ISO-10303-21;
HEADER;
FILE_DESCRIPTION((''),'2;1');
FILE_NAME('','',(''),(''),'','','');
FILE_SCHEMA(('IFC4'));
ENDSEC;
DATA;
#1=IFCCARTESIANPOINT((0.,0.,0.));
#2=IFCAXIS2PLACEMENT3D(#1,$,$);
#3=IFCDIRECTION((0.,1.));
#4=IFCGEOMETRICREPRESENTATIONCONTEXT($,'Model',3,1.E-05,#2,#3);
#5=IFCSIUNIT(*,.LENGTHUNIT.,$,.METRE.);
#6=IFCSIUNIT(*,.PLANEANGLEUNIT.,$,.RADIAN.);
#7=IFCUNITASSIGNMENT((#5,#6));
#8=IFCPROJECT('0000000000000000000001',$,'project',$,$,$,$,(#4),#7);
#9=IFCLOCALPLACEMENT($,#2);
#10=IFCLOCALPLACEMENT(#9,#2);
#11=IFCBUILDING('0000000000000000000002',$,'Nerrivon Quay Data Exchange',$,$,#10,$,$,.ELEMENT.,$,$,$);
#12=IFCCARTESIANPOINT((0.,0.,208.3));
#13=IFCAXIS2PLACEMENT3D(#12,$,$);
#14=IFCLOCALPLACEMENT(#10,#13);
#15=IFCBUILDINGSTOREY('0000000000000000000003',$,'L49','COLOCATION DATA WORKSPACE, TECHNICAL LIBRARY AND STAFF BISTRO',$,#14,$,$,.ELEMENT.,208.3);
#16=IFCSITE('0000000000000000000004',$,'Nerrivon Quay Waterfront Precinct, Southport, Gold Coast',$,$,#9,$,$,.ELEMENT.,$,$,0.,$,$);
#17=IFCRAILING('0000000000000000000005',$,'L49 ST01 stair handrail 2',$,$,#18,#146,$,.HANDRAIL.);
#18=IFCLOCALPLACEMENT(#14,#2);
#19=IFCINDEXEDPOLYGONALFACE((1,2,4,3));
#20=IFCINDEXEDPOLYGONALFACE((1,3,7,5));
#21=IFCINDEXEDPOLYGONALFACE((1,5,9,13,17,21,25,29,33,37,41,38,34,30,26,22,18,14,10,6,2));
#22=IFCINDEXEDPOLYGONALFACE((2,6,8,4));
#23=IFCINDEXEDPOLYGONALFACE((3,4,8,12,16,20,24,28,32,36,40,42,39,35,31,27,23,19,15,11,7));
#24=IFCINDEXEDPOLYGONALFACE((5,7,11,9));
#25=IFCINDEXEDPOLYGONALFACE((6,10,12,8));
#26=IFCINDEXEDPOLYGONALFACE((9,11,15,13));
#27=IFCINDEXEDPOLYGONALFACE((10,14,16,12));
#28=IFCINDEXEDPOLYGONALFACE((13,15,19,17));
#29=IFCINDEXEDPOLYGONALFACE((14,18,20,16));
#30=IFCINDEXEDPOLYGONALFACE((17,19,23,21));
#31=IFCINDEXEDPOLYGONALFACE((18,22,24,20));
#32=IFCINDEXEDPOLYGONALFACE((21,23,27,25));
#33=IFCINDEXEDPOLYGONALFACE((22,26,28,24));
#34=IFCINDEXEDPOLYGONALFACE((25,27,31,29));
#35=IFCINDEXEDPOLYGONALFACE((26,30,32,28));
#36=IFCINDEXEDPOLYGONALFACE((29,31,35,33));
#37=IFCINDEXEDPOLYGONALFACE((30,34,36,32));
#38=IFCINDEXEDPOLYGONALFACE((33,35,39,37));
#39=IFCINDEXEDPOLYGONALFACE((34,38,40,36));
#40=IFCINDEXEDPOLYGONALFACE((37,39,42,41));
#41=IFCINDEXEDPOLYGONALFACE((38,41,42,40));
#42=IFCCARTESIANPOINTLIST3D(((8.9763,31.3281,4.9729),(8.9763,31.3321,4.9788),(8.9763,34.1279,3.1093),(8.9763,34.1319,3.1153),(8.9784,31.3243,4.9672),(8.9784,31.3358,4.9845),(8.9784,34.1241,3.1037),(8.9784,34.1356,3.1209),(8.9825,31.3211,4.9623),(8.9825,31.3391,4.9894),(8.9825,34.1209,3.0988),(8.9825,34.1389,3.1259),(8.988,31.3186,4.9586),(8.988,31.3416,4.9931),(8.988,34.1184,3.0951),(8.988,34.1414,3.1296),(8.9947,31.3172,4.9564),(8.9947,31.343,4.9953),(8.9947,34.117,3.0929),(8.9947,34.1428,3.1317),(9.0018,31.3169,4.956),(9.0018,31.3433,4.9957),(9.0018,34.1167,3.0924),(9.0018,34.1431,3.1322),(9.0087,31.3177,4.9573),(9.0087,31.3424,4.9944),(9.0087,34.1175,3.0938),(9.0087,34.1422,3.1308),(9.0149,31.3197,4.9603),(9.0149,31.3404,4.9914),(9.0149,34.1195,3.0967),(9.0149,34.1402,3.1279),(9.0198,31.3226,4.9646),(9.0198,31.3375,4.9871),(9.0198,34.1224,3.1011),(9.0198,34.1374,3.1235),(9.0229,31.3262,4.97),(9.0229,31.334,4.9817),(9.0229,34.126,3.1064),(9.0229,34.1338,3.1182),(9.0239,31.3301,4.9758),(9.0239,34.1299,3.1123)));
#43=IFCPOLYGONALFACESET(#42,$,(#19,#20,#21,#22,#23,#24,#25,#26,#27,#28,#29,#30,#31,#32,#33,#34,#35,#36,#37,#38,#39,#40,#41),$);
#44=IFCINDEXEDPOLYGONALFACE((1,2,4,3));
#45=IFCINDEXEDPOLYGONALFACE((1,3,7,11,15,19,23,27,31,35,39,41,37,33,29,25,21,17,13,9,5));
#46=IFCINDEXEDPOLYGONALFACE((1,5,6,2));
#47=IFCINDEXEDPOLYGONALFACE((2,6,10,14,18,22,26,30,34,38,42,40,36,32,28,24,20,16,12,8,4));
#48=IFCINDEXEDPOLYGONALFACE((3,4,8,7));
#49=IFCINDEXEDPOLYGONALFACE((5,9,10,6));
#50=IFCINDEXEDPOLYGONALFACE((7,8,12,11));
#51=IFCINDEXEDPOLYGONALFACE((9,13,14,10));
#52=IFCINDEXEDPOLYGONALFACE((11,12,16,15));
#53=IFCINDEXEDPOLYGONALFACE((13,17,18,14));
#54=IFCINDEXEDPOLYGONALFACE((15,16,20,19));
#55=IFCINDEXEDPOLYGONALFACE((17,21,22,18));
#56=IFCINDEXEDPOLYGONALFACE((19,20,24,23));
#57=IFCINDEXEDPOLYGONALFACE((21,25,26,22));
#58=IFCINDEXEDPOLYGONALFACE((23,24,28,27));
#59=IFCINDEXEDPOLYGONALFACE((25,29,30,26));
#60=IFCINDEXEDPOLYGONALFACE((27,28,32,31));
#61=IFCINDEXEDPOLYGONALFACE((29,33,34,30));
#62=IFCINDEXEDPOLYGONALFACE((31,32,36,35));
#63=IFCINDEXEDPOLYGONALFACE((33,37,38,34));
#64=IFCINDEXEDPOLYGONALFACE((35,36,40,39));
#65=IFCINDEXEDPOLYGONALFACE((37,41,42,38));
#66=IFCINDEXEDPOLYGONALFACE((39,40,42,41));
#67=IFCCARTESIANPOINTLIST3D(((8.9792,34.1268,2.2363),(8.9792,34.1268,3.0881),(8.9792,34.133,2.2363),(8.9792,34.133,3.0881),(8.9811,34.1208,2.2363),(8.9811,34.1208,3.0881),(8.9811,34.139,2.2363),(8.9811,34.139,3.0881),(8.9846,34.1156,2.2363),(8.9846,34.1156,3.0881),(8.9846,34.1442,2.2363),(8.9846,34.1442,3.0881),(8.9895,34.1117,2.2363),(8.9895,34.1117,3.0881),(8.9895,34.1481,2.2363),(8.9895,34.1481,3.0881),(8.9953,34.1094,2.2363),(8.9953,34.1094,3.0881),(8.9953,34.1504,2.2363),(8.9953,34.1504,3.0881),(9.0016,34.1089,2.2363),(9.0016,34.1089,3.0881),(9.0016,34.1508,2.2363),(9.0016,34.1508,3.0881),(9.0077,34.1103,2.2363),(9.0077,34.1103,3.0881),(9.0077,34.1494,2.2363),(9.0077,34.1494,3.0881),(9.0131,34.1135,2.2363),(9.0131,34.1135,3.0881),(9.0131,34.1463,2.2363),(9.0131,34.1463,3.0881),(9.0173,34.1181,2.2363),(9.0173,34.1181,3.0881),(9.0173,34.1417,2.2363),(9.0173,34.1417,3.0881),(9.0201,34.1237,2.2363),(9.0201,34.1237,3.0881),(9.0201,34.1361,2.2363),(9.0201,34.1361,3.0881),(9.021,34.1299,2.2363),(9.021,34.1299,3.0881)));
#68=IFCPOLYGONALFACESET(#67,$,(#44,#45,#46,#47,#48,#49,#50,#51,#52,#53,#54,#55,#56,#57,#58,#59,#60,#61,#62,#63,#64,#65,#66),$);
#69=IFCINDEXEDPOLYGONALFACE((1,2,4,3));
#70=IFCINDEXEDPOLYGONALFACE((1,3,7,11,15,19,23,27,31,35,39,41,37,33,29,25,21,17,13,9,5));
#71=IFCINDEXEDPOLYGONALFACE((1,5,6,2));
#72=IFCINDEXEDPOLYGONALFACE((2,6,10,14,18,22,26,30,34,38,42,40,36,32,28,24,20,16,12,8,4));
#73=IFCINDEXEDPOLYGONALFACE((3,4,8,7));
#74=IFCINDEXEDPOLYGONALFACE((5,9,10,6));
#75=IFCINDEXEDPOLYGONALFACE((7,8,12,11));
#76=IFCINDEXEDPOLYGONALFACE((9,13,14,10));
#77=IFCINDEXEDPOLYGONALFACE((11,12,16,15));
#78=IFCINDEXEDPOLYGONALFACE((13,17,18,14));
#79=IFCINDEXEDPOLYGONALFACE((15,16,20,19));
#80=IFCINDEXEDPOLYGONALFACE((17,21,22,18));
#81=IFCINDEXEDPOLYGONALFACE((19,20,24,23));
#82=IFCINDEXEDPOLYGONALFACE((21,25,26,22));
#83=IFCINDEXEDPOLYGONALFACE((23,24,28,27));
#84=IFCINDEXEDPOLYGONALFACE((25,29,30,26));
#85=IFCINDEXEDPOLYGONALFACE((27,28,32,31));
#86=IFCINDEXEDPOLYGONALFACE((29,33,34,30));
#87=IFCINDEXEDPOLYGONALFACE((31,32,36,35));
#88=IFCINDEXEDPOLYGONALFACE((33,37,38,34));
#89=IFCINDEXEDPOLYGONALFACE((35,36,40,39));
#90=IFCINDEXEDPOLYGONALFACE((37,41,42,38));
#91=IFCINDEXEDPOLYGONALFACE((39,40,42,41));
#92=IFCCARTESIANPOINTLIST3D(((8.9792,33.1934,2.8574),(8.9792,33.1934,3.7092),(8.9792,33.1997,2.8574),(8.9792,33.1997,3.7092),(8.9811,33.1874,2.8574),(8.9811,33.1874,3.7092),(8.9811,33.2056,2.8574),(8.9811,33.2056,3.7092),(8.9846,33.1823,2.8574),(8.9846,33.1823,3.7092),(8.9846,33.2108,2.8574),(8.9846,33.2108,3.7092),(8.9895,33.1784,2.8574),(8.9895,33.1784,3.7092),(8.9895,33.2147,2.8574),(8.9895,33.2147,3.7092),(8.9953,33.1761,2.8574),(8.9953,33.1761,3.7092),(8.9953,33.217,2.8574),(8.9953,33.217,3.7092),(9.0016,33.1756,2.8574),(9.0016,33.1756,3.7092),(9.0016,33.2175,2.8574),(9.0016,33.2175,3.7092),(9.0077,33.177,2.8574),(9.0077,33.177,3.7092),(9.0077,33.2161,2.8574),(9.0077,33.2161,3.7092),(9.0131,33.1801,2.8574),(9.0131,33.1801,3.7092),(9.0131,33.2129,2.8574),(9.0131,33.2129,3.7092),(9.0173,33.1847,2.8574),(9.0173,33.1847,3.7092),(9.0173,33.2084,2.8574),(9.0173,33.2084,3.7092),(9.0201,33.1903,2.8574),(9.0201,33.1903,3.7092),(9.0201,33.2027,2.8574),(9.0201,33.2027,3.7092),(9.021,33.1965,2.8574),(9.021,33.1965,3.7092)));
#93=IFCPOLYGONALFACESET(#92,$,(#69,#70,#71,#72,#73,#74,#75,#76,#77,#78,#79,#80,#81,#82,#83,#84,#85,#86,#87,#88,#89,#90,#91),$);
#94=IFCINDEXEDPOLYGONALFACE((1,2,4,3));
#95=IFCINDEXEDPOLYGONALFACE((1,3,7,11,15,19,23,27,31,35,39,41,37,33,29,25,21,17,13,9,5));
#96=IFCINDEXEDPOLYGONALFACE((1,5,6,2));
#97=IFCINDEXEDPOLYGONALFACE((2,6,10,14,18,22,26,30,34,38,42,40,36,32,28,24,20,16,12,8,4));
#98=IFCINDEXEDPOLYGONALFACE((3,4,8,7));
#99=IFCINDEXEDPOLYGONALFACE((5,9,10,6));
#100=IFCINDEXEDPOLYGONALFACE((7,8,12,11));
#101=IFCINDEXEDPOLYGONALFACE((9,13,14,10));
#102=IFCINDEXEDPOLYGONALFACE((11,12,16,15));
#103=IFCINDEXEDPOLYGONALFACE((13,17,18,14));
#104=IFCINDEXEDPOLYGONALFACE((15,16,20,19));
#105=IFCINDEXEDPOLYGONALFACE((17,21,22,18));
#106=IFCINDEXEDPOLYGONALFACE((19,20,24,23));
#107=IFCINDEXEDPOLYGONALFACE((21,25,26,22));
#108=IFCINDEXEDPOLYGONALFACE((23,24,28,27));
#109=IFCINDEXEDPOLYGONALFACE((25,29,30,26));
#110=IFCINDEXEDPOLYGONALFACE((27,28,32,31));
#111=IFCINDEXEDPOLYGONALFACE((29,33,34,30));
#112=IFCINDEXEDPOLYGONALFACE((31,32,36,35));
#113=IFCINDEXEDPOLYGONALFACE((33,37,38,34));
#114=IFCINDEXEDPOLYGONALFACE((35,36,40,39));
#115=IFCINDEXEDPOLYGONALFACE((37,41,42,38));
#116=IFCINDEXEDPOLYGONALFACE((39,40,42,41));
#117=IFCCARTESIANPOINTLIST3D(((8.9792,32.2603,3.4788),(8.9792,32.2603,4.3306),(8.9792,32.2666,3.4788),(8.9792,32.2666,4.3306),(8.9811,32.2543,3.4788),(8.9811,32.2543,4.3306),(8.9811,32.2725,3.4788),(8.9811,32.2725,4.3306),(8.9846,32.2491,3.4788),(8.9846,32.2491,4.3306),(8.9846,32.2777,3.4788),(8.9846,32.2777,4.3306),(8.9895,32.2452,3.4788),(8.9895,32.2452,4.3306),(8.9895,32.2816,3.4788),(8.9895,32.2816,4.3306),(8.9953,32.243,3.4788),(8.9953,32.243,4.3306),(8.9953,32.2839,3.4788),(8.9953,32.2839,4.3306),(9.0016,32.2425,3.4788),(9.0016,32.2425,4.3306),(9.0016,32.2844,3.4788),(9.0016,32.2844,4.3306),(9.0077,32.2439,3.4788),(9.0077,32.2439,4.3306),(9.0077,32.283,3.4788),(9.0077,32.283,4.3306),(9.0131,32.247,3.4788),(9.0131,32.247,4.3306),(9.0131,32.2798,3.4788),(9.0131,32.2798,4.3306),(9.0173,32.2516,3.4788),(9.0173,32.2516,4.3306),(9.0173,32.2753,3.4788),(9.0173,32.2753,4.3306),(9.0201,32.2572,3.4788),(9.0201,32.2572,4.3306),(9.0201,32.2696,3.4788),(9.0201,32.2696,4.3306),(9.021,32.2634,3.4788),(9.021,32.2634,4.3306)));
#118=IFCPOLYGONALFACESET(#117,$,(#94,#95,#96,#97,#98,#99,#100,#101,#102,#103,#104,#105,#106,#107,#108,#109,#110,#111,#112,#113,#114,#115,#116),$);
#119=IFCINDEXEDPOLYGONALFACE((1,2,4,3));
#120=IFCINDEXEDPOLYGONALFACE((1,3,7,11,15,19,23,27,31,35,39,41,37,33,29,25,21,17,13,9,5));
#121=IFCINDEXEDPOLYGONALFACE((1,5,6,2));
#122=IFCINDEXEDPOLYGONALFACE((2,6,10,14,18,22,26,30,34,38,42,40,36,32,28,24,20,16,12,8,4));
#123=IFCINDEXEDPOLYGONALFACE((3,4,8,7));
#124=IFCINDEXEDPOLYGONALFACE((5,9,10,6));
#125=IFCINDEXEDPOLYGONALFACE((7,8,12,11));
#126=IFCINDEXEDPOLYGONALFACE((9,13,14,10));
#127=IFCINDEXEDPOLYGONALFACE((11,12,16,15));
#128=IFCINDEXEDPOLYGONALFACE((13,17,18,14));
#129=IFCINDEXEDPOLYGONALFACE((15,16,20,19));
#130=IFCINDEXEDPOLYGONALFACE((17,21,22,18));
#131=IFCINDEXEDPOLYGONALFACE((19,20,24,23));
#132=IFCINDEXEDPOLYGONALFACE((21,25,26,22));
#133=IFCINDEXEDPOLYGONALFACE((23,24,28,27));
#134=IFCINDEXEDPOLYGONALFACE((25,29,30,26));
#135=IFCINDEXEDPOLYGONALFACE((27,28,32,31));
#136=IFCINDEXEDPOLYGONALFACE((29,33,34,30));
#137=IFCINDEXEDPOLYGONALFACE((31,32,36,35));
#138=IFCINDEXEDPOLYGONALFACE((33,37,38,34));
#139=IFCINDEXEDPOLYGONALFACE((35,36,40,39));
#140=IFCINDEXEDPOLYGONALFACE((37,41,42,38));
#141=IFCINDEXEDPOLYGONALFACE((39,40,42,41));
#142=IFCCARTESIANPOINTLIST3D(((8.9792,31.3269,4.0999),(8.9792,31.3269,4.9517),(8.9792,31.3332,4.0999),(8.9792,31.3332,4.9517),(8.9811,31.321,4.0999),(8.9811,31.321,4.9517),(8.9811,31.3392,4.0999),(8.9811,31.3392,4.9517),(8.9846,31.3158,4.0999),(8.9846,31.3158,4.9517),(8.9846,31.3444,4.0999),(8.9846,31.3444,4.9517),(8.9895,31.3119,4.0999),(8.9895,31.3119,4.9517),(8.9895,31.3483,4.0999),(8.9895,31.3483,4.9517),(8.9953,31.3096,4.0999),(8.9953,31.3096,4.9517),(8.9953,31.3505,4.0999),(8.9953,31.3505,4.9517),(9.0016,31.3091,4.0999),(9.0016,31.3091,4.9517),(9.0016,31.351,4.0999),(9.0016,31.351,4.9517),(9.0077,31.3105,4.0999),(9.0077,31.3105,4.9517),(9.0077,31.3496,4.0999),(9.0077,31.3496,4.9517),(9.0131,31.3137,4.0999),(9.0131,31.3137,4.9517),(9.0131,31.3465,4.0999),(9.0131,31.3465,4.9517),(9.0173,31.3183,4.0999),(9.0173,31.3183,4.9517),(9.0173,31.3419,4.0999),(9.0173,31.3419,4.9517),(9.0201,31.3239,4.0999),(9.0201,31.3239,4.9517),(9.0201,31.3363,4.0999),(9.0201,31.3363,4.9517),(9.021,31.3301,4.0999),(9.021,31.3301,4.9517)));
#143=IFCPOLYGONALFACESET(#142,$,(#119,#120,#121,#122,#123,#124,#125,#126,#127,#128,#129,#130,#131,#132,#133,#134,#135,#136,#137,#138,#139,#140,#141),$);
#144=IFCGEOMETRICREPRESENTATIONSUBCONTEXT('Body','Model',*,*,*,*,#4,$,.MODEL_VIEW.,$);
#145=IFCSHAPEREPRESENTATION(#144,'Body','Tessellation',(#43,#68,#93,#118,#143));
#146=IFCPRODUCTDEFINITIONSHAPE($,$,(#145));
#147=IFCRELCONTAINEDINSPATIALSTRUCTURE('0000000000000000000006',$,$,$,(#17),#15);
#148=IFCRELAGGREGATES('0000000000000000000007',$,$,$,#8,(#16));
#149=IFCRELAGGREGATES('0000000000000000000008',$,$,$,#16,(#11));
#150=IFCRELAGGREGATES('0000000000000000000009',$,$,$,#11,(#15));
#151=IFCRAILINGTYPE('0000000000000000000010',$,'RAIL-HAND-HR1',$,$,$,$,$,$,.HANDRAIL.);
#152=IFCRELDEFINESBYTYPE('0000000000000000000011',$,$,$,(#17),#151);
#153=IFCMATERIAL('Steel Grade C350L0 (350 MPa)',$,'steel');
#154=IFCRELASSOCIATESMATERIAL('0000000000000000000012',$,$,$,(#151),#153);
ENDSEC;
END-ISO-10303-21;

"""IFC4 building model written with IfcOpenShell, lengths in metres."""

from ifc_helpers import new_model, si_unit, direction, frame, origin, origin_2d, place, context, subcontext, project, spatial, circle, extrude, material, type_object, element, save


model = new_model("IFC4")

# Units and contexts
model_context = context("Model", 3, precision=1e-05, world=origin(), true_north=direction((0.0, 1.0)))
body_context = subcontext(model_context, "Body", "Model", "MODEL_VIEW")
ifc_project = project(units=[si_unit("LENGTHUNIT", "METRE"), si_unit("PLANEANGLEUNIT", "RADIAN")], contexts=[model_context])

# Site, building, storey
site_placement = place(None, origin())
site = spatial("IfcSite", under=ifc_project, at=site_placement, Name="Nerrivon Quay Waterfront Precinct, Southport, Gold Coast", CompositionType="ELEMENT", RefElevation=0.0)
building_placement = place(site_placement, origin())
building = spatial("IfcBuilding", under=site, at=building_placement, Name="Nerrivon Quay Data Exchange", CompositionType="ELEMENT")
storey_placement = place(building_placement, frame((0.0, 0.0, 208.3)))
storey = spatial("IfcBuildingStorey", under=building, at=storey_placement, Name="L49", Description="COLOCATION DATA WORKSPACE, TECHNICAL LIBRARY AND STAFF BISTRO", CompositionType="ELEMENT", Elevation=208.3)

# Shared definitions
ifc_material_1 = material(Name="Steel Grade C350L0 (350 MPa)", Category="steel")

# Railing
railing_type_1 = type_object("IfcRailingType", Name="RAIL-HAND-HR1", PredefinedType="HANDRAIL", material=ifc_material_1)
railing_1_placement = place(storey_placement, frame((9.0, 34.1299, 2.2363)))
element("IfcRailing", 1, at=railing_1_placement, inside=storey, type_object=railing_type_1, Name="L49 ST01 stair handrail 2", PredefinedType="HANDRAIL", context=body_context, shape_type="SweptSolid", body=[
    extrude(circle(Radius=0.0239, at=origin_2d()), frame((0.0, 0.0, 0.876), z_axis=(0.0, -0.832463, 0.55408), x_axis=(1.0, 0.0, 0.0)), (0.0, 0.0, 1.0), 3.3633),
    extrude(circle(Radius=0.021, at=origin_2d()), origin(), (0.0, 0.0, 1.0), 0.8518),
    extrude(circle(Radius=0.021, at=origin_2d()), frame((0.0, -0.9333, 0.6211)), (0.0, 0.0, 1.0), 0.8518),
    extrude(circle(Radius=0.021, at=origin_2d()), frame((0.0, -1.8665, 1.2424)), (0.0, 0.0, 1.0), 0.8518),
    extrude(circle(Radius=0.021, at=origin_2d()), frame((0.0, -2.7998, 1.8635)), (0.0, 0.0, 1.0), 0.8518),
])

save(model, "model.ifc")
